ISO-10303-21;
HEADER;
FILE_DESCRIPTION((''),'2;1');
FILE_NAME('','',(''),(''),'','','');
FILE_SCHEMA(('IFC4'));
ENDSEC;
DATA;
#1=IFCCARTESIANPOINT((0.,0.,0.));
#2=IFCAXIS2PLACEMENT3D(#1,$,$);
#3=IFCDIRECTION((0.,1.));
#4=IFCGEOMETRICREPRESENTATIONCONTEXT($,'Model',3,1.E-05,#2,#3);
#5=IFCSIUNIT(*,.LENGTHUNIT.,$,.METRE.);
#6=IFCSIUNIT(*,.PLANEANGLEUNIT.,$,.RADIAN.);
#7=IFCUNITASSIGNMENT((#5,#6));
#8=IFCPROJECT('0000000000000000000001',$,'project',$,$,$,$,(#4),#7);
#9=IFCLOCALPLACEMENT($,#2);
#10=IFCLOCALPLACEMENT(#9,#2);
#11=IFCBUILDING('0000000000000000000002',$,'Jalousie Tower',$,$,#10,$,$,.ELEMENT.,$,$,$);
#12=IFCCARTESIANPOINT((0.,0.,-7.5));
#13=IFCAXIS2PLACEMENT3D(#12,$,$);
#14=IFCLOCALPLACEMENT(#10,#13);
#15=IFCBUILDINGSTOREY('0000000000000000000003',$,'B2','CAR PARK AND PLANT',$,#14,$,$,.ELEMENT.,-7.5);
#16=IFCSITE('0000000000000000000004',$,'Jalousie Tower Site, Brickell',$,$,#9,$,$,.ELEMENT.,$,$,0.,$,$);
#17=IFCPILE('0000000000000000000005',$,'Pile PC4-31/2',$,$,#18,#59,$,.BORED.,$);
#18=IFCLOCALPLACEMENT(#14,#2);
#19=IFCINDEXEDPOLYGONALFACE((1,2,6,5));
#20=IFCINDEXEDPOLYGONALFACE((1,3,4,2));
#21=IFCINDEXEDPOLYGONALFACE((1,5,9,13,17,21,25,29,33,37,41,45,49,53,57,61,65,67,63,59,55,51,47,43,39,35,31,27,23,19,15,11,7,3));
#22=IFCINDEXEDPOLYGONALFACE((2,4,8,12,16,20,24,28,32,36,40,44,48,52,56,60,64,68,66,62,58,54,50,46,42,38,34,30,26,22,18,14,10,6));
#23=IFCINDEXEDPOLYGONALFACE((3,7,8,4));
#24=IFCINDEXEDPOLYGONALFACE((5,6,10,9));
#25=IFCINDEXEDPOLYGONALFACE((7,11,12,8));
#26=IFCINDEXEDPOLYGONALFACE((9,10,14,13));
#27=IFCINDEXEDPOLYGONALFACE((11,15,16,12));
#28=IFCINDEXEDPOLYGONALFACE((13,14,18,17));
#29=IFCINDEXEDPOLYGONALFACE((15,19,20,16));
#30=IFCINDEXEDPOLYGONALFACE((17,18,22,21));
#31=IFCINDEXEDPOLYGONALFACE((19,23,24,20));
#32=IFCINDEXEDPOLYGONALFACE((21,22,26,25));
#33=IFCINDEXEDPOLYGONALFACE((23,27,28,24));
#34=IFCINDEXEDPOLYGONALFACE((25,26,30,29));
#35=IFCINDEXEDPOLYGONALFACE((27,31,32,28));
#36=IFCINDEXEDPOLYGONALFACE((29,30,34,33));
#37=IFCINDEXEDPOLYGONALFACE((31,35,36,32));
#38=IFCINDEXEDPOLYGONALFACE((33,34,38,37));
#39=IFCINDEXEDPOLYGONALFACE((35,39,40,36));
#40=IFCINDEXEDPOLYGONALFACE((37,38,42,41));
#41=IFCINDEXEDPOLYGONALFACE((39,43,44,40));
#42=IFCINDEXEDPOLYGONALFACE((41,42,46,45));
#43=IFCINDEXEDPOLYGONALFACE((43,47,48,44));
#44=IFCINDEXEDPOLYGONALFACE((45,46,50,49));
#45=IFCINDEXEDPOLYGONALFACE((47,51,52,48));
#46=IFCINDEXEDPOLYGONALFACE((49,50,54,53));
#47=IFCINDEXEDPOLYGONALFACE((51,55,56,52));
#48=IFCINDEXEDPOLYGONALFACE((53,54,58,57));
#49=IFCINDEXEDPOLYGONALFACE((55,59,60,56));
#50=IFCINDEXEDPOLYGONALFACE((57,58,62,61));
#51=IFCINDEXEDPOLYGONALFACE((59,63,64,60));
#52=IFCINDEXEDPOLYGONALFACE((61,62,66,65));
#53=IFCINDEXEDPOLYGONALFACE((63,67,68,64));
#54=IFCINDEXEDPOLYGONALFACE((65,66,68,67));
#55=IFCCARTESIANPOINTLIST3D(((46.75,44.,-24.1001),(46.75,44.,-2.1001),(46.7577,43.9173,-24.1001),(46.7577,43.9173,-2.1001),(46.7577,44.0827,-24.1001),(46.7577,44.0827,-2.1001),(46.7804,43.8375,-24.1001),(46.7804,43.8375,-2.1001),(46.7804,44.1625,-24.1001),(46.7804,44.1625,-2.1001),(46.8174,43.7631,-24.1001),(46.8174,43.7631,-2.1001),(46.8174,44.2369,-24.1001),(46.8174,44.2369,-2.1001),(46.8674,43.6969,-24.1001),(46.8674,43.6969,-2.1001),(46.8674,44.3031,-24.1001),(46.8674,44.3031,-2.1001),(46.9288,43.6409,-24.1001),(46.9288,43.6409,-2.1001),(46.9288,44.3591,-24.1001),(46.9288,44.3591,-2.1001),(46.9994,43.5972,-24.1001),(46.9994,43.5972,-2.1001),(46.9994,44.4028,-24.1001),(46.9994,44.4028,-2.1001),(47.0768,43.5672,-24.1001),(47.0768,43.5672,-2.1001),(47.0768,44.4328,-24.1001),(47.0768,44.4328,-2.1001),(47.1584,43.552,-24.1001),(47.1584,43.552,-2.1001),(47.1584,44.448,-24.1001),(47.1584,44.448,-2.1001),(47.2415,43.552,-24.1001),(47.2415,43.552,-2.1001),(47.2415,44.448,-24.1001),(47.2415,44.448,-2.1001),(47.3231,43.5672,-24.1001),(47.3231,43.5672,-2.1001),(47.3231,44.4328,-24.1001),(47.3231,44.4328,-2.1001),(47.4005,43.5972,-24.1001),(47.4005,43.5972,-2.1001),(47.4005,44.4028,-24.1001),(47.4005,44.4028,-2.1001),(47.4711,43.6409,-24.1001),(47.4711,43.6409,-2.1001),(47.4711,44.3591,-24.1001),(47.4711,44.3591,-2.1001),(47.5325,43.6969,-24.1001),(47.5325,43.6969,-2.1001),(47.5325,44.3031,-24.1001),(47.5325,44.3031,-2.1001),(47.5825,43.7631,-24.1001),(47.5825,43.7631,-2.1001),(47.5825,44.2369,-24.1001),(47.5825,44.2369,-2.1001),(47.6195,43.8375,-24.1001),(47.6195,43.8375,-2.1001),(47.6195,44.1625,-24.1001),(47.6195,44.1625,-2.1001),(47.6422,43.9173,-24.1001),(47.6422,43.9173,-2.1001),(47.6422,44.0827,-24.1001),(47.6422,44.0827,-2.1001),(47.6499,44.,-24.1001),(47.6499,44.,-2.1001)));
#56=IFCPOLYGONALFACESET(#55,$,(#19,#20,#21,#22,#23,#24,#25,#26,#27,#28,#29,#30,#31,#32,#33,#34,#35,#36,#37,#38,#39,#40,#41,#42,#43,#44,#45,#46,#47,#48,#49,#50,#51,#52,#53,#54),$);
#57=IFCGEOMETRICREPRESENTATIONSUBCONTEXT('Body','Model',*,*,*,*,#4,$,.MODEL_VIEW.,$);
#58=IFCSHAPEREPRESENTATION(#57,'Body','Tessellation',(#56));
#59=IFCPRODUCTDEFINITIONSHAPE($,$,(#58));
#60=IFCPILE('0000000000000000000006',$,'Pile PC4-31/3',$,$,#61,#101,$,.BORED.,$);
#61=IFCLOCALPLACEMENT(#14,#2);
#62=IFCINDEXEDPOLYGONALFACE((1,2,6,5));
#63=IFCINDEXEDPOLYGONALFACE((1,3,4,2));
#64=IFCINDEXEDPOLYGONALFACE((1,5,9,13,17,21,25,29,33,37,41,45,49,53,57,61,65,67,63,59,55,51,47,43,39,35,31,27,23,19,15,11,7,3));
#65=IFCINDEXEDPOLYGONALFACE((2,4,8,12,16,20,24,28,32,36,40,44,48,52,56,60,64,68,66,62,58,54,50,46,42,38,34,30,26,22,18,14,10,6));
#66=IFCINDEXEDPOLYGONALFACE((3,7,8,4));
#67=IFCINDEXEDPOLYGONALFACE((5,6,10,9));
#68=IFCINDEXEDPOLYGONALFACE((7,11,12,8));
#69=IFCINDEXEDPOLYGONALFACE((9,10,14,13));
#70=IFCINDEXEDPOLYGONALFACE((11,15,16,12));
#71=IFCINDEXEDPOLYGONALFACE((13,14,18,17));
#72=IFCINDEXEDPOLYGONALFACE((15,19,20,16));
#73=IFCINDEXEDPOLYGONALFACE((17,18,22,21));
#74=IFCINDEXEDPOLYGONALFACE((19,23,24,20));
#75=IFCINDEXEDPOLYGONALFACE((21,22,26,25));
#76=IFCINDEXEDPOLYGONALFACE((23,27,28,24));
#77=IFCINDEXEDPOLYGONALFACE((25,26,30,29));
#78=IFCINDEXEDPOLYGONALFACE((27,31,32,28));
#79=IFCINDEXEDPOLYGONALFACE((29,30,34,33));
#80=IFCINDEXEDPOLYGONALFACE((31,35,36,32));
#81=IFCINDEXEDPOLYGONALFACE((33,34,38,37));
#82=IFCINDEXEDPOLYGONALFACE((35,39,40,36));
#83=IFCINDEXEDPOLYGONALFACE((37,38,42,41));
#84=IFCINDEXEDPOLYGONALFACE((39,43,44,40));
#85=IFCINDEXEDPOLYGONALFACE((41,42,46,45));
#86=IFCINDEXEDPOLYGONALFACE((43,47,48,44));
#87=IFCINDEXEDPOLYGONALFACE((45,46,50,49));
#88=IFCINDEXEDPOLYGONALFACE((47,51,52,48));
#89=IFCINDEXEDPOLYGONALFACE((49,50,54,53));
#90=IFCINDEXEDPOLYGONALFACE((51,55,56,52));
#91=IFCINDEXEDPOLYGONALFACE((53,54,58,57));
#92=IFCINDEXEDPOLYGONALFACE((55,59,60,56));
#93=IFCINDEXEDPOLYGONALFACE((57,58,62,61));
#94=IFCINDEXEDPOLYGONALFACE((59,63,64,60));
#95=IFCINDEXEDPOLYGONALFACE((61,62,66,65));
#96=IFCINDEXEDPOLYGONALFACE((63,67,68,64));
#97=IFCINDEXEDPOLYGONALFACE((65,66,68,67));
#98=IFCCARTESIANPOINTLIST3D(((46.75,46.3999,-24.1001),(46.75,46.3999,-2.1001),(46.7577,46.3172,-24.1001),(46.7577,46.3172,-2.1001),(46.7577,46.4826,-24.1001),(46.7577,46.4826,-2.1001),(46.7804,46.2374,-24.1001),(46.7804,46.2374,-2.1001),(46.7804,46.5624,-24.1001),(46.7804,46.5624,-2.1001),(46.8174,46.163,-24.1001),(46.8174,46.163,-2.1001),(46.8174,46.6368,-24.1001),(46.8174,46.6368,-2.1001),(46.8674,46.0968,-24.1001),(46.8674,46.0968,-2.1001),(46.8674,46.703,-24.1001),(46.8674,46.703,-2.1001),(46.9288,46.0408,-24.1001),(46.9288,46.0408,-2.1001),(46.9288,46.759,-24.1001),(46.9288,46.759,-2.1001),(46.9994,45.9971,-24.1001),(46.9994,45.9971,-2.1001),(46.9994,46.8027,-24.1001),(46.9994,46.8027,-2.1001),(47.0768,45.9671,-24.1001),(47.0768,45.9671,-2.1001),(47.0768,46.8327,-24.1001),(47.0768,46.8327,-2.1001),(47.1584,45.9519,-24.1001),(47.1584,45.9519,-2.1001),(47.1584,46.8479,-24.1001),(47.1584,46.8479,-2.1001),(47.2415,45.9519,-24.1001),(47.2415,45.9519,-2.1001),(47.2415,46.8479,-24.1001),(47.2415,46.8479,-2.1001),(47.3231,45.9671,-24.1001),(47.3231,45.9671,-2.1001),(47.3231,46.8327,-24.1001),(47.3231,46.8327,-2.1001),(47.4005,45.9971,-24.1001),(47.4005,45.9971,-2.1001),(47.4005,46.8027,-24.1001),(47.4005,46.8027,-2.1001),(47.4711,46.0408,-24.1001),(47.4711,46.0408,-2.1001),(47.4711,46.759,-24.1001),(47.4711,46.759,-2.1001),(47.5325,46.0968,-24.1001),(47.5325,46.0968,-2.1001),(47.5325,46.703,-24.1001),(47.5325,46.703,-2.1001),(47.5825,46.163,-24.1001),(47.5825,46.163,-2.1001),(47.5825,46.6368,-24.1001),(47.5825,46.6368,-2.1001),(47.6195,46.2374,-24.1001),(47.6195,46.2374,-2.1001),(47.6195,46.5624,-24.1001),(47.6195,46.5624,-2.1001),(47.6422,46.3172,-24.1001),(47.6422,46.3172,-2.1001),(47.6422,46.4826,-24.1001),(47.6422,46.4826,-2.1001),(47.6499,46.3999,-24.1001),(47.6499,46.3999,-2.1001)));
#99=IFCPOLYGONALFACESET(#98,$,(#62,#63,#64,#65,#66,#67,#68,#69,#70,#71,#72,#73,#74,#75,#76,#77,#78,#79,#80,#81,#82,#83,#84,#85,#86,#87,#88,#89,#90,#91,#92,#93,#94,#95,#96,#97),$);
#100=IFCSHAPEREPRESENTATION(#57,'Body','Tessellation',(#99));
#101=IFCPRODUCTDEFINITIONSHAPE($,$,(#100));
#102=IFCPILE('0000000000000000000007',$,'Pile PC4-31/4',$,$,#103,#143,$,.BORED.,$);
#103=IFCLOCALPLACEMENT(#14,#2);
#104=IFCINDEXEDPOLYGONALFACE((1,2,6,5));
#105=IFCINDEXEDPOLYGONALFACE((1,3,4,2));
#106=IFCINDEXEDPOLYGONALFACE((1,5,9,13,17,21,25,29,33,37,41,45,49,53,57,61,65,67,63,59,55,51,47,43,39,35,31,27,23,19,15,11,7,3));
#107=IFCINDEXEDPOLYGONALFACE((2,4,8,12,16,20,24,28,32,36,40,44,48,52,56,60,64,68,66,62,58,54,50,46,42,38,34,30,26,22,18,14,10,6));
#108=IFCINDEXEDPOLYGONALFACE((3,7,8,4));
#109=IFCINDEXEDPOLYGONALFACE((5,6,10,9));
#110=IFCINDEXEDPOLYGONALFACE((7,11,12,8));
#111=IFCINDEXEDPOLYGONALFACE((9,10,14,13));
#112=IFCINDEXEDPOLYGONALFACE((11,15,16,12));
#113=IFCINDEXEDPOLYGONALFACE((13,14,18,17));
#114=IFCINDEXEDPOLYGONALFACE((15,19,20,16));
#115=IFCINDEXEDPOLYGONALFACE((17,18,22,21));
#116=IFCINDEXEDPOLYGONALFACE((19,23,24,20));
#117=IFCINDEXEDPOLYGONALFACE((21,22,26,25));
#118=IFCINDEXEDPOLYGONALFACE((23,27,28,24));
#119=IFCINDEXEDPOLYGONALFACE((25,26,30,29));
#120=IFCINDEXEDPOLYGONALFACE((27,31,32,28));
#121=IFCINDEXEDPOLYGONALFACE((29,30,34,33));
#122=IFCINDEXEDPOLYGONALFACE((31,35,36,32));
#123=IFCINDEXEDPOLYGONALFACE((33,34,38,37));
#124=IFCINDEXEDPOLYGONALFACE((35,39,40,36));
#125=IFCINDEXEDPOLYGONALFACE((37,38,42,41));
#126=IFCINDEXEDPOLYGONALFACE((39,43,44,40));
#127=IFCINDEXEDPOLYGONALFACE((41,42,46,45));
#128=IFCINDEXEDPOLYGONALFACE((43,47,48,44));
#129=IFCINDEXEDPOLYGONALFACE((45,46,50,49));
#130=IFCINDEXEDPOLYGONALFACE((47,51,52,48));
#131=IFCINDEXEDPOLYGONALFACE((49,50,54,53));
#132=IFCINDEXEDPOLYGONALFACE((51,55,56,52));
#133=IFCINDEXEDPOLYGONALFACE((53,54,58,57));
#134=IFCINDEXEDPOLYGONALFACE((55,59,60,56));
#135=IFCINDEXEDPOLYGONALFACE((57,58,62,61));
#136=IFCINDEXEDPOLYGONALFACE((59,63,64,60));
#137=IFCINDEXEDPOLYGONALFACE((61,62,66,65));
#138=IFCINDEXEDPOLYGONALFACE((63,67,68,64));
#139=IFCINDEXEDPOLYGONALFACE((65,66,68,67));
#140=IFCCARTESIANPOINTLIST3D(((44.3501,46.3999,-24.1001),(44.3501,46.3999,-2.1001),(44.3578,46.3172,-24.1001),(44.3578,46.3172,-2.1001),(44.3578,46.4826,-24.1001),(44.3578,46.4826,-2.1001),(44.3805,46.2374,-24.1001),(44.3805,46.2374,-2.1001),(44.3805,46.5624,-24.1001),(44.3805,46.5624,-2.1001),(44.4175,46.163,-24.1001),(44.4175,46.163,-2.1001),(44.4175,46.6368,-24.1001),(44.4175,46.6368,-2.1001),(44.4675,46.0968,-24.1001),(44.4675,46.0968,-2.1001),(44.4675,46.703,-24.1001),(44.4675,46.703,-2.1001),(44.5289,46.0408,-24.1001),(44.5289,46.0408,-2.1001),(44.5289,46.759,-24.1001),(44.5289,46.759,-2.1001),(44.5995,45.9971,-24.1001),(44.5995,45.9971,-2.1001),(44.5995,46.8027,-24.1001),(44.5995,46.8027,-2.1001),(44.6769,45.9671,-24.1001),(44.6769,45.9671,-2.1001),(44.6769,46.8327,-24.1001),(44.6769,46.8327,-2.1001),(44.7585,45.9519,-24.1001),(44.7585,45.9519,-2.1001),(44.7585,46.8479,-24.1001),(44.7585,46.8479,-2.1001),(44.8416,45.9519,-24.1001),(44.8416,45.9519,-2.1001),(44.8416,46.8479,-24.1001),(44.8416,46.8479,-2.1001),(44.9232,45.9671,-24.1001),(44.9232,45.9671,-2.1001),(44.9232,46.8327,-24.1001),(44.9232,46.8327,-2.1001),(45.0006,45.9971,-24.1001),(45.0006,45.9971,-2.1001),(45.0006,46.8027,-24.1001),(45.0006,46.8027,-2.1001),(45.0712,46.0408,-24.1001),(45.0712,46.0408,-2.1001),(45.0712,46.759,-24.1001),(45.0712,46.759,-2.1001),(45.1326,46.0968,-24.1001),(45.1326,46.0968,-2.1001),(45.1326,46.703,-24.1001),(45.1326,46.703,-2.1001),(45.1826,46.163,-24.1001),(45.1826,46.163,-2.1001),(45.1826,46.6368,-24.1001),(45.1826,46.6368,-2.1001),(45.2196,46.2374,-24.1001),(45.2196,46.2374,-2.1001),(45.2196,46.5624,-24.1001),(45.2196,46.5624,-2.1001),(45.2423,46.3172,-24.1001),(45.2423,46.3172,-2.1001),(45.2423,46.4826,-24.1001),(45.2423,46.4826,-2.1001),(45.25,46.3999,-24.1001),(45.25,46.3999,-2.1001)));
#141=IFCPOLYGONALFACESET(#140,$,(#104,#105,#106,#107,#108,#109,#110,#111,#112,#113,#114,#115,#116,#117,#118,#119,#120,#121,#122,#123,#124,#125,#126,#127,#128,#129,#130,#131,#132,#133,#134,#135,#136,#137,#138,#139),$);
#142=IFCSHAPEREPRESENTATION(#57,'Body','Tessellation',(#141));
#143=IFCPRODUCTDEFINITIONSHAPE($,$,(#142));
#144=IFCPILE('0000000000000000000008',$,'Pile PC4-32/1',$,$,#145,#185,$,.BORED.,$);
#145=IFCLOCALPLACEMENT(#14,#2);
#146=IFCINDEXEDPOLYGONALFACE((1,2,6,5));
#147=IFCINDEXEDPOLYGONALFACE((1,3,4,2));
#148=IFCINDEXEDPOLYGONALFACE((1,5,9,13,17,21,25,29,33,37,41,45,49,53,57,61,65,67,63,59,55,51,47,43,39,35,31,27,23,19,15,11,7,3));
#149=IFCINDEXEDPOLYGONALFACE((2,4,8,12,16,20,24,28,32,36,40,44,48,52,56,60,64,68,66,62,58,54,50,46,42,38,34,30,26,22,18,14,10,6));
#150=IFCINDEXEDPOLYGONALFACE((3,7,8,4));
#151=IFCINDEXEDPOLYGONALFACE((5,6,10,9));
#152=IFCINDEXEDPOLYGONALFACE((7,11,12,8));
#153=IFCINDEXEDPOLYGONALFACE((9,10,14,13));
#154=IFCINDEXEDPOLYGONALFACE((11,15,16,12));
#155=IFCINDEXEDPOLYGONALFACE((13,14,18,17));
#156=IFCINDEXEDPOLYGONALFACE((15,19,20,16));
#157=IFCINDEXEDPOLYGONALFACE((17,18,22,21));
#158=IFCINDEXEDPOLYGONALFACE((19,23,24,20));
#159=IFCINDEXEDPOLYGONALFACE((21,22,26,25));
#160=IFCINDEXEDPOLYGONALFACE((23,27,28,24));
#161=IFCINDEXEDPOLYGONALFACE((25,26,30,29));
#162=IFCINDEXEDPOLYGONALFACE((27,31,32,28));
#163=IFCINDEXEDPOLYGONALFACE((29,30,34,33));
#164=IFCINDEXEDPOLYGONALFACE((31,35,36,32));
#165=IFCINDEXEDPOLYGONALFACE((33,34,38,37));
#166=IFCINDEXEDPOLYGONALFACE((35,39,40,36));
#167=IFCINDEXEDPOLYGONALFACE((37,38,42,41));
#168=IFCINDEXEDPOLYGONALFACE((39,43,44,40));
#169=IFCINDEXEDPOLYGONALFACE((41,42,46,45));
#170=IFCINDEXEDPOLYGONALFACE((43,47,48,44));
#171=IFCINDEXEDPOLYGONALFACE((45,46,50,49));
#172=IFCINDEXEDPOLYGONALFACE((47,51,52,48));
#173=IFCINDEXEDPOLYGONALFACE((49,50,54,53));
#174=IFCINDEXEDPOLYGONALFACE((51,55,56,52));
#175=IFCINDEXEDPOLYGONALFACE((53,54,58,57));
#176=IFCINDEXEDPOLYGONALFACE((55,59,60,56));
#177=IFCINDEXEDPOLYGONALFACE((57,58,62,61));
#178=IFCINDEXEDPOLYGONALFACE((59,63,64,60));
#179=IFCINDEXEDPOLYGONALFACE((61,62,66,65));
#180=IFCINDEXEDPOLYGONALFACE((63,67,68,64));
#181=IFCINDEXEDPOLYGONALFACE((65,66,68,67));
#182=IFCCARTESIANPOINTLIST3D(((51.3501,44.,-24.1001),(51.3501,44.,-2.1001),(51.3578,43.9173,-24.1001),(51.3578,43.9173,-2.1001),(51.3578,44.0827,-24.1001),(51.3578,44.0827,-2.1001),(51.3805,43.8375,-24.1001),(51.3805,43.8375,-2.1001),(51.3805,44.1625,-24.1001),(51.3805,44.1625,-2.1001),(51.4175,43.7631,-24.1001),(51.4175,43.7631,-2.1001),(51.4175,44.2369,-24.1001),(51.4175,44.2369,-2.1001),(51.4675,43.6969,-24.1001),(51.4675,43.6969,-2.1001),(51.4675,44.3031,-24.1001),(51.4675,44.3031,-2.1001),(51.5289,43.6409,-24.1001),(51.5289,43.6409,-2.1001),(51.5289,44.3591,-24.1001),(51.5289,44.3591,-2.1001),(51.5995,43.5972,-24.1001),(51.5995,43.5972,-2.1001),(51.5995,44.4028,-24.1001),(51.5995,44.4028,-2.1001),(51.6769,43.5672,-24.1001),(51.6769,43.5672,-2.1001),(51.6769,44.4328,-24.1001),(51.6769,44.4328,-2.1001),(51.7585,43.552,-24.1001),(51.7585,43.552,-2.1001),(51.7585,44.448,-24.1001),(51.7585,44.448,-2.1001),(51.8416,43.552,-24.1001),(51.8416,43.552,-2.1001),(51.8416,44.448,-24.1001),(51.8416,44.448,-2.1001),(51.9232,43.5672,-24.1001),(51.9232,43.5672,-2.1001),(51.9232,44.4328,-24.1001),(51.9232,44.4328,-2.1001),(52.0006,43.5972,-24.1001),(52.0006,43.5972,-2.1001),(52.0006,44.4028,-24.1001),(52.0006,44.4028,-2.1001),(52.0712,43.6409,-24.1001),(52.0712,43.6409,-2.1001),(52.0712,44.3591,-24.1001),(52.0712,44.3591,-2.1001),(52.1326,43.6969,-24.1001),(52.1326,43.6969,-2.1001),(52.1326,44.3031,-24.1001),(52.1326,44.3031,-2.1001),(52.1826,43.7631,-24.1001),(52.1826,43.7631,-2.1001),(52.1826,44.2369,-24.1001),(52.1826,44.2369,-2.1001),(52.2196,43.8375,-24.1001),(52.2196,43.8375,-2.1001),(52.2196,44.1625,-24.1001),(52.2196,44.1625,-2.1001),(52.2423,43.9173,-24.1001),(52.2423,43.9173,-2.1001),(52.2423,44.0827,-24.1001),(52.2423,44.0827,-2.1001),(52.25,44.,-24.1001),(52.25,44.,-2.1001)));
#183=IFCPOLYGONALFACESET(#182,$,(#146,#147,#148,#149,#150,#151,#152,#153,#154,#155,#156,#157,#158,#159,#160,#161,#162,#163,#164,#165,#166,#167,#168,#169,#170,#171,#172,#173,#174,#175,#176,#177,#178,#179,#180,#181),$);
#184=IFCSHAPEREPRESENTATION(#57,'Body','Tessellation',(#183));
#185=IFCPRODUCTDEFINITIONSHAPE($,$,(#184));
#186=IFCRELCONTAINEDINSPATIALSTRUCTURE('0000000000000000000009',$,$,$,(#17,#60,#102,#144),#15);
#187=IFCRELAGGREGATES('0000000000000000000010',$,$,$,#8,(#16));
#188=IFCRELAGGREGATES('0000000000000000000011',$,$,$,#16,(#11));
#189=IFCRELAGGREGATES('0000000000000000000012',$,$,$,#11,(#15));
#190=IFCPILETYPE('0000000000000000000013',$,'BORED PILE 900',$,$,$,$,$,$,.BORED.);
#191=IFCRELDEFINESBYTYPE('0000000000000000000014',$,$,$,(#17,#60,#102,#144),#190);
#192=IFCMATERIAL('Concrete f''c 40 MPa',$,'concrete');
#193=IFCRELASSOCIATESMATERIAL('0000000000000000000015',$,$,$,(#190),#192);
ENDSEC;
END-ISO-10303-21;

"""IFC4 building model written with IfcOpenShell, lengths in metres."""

from ifc_helpers import new_model, si_unit, direction, frame, origin, origin_2d, place, context, subcontext, project, spatial, circle, extrude, material, material_profile, profile_set, type_object, element, save


model = new_model("IFC4")

# Units and contexts
model_context = context("Model", 3, precision=1e-05, world=origin(), true_north=direction((0.0, 1.0)))
body_context = subcontext(model_context, "Body", "Model", "MODEL_VIEW")
ifc_project = project(units=[si_unit("LENGTHUNIT", "METRE"), si_unit("PLANEANGLEUNIT", "RADIAN")], contexts=[model_context])

# Site, building, storey
site_placement = place(None, origin())
site = spatial("IfcSite", under=ifc_project, at=site_placement, Name="Jalousie Tower Site, Brickell", CompositionType="ELEMENT", RefElevation=0.0)
building_placement = place(site_placement, origin())
building = spatial("IfcBuilding", under=site, at=building_placement, Name="Jalousie Tower", CompositionType="ELEMENT")
storey_placement = place(building_placement, frame((0.0, 0.0, -7.5)))
storey = spatial("IfcBuildingStorey", under=building, at=storey_placement, Name="B2", Description="CAR PARK AND PLANT", CompositionType="ELEMENT", Elevation=-7.5)

# Piles
ifc_material_1 = material(Name="Concrete f'c 40 MPa", Category="concrete")
ifc_material_profile_1 = material_profile(ifc_material_1, circle(Radius=0.45, at=origin_2d()), Name="BORED PILE D900")
ifc_profile_set_1 = profile_set([ifc_material_profile_1], Name="Concrete f'c 40 MPa")
pile_type_1 = type_object("IfcPileType", Name="BORED PILE 900", PredefinedType="BORED", material=ifc_profile_set_1)
for number, where, z_axis, x_axis, name in (
    (1, (47.2, 44.0, -2.1001), (0.0, 0.0, -1.0), (1.0, 0.0, 0.0), "Pile PC4-31/2"),
    (2, (47.2, 46.3999, -2.1001), (0.0, 0.0, -1.0), (1.0, 0.0, 0.0), "Pile PC4-31/3"),
    (3, (44.8, 46.3999, -2.1001), (0.0, 0.0, -1.0), (1.0, 0.0, 0.0), "Pile PC4-31/4"),
    (4, (51.8, 44.0, -2.1001), (0.0, 0.0, -1.0), (1.0, 0.0, 0.0), "Pile PC4-32/1"),
):
    element("IfcPile", number, at=place(storey_placement, frame(where, z_axis=z_axis, x_axis=x_axis)), inside=storey, type_object=pile_type_1, Name=name, PredefinedType="BORED", context=body_context, shape_type="SweptSolid", body=[
        extrude(circle(Radius=0.45, at=origin_2d()), origin(), (0.0, 0.0, 1.0), 22.0),
    ])

save(model, "model.ifc")
